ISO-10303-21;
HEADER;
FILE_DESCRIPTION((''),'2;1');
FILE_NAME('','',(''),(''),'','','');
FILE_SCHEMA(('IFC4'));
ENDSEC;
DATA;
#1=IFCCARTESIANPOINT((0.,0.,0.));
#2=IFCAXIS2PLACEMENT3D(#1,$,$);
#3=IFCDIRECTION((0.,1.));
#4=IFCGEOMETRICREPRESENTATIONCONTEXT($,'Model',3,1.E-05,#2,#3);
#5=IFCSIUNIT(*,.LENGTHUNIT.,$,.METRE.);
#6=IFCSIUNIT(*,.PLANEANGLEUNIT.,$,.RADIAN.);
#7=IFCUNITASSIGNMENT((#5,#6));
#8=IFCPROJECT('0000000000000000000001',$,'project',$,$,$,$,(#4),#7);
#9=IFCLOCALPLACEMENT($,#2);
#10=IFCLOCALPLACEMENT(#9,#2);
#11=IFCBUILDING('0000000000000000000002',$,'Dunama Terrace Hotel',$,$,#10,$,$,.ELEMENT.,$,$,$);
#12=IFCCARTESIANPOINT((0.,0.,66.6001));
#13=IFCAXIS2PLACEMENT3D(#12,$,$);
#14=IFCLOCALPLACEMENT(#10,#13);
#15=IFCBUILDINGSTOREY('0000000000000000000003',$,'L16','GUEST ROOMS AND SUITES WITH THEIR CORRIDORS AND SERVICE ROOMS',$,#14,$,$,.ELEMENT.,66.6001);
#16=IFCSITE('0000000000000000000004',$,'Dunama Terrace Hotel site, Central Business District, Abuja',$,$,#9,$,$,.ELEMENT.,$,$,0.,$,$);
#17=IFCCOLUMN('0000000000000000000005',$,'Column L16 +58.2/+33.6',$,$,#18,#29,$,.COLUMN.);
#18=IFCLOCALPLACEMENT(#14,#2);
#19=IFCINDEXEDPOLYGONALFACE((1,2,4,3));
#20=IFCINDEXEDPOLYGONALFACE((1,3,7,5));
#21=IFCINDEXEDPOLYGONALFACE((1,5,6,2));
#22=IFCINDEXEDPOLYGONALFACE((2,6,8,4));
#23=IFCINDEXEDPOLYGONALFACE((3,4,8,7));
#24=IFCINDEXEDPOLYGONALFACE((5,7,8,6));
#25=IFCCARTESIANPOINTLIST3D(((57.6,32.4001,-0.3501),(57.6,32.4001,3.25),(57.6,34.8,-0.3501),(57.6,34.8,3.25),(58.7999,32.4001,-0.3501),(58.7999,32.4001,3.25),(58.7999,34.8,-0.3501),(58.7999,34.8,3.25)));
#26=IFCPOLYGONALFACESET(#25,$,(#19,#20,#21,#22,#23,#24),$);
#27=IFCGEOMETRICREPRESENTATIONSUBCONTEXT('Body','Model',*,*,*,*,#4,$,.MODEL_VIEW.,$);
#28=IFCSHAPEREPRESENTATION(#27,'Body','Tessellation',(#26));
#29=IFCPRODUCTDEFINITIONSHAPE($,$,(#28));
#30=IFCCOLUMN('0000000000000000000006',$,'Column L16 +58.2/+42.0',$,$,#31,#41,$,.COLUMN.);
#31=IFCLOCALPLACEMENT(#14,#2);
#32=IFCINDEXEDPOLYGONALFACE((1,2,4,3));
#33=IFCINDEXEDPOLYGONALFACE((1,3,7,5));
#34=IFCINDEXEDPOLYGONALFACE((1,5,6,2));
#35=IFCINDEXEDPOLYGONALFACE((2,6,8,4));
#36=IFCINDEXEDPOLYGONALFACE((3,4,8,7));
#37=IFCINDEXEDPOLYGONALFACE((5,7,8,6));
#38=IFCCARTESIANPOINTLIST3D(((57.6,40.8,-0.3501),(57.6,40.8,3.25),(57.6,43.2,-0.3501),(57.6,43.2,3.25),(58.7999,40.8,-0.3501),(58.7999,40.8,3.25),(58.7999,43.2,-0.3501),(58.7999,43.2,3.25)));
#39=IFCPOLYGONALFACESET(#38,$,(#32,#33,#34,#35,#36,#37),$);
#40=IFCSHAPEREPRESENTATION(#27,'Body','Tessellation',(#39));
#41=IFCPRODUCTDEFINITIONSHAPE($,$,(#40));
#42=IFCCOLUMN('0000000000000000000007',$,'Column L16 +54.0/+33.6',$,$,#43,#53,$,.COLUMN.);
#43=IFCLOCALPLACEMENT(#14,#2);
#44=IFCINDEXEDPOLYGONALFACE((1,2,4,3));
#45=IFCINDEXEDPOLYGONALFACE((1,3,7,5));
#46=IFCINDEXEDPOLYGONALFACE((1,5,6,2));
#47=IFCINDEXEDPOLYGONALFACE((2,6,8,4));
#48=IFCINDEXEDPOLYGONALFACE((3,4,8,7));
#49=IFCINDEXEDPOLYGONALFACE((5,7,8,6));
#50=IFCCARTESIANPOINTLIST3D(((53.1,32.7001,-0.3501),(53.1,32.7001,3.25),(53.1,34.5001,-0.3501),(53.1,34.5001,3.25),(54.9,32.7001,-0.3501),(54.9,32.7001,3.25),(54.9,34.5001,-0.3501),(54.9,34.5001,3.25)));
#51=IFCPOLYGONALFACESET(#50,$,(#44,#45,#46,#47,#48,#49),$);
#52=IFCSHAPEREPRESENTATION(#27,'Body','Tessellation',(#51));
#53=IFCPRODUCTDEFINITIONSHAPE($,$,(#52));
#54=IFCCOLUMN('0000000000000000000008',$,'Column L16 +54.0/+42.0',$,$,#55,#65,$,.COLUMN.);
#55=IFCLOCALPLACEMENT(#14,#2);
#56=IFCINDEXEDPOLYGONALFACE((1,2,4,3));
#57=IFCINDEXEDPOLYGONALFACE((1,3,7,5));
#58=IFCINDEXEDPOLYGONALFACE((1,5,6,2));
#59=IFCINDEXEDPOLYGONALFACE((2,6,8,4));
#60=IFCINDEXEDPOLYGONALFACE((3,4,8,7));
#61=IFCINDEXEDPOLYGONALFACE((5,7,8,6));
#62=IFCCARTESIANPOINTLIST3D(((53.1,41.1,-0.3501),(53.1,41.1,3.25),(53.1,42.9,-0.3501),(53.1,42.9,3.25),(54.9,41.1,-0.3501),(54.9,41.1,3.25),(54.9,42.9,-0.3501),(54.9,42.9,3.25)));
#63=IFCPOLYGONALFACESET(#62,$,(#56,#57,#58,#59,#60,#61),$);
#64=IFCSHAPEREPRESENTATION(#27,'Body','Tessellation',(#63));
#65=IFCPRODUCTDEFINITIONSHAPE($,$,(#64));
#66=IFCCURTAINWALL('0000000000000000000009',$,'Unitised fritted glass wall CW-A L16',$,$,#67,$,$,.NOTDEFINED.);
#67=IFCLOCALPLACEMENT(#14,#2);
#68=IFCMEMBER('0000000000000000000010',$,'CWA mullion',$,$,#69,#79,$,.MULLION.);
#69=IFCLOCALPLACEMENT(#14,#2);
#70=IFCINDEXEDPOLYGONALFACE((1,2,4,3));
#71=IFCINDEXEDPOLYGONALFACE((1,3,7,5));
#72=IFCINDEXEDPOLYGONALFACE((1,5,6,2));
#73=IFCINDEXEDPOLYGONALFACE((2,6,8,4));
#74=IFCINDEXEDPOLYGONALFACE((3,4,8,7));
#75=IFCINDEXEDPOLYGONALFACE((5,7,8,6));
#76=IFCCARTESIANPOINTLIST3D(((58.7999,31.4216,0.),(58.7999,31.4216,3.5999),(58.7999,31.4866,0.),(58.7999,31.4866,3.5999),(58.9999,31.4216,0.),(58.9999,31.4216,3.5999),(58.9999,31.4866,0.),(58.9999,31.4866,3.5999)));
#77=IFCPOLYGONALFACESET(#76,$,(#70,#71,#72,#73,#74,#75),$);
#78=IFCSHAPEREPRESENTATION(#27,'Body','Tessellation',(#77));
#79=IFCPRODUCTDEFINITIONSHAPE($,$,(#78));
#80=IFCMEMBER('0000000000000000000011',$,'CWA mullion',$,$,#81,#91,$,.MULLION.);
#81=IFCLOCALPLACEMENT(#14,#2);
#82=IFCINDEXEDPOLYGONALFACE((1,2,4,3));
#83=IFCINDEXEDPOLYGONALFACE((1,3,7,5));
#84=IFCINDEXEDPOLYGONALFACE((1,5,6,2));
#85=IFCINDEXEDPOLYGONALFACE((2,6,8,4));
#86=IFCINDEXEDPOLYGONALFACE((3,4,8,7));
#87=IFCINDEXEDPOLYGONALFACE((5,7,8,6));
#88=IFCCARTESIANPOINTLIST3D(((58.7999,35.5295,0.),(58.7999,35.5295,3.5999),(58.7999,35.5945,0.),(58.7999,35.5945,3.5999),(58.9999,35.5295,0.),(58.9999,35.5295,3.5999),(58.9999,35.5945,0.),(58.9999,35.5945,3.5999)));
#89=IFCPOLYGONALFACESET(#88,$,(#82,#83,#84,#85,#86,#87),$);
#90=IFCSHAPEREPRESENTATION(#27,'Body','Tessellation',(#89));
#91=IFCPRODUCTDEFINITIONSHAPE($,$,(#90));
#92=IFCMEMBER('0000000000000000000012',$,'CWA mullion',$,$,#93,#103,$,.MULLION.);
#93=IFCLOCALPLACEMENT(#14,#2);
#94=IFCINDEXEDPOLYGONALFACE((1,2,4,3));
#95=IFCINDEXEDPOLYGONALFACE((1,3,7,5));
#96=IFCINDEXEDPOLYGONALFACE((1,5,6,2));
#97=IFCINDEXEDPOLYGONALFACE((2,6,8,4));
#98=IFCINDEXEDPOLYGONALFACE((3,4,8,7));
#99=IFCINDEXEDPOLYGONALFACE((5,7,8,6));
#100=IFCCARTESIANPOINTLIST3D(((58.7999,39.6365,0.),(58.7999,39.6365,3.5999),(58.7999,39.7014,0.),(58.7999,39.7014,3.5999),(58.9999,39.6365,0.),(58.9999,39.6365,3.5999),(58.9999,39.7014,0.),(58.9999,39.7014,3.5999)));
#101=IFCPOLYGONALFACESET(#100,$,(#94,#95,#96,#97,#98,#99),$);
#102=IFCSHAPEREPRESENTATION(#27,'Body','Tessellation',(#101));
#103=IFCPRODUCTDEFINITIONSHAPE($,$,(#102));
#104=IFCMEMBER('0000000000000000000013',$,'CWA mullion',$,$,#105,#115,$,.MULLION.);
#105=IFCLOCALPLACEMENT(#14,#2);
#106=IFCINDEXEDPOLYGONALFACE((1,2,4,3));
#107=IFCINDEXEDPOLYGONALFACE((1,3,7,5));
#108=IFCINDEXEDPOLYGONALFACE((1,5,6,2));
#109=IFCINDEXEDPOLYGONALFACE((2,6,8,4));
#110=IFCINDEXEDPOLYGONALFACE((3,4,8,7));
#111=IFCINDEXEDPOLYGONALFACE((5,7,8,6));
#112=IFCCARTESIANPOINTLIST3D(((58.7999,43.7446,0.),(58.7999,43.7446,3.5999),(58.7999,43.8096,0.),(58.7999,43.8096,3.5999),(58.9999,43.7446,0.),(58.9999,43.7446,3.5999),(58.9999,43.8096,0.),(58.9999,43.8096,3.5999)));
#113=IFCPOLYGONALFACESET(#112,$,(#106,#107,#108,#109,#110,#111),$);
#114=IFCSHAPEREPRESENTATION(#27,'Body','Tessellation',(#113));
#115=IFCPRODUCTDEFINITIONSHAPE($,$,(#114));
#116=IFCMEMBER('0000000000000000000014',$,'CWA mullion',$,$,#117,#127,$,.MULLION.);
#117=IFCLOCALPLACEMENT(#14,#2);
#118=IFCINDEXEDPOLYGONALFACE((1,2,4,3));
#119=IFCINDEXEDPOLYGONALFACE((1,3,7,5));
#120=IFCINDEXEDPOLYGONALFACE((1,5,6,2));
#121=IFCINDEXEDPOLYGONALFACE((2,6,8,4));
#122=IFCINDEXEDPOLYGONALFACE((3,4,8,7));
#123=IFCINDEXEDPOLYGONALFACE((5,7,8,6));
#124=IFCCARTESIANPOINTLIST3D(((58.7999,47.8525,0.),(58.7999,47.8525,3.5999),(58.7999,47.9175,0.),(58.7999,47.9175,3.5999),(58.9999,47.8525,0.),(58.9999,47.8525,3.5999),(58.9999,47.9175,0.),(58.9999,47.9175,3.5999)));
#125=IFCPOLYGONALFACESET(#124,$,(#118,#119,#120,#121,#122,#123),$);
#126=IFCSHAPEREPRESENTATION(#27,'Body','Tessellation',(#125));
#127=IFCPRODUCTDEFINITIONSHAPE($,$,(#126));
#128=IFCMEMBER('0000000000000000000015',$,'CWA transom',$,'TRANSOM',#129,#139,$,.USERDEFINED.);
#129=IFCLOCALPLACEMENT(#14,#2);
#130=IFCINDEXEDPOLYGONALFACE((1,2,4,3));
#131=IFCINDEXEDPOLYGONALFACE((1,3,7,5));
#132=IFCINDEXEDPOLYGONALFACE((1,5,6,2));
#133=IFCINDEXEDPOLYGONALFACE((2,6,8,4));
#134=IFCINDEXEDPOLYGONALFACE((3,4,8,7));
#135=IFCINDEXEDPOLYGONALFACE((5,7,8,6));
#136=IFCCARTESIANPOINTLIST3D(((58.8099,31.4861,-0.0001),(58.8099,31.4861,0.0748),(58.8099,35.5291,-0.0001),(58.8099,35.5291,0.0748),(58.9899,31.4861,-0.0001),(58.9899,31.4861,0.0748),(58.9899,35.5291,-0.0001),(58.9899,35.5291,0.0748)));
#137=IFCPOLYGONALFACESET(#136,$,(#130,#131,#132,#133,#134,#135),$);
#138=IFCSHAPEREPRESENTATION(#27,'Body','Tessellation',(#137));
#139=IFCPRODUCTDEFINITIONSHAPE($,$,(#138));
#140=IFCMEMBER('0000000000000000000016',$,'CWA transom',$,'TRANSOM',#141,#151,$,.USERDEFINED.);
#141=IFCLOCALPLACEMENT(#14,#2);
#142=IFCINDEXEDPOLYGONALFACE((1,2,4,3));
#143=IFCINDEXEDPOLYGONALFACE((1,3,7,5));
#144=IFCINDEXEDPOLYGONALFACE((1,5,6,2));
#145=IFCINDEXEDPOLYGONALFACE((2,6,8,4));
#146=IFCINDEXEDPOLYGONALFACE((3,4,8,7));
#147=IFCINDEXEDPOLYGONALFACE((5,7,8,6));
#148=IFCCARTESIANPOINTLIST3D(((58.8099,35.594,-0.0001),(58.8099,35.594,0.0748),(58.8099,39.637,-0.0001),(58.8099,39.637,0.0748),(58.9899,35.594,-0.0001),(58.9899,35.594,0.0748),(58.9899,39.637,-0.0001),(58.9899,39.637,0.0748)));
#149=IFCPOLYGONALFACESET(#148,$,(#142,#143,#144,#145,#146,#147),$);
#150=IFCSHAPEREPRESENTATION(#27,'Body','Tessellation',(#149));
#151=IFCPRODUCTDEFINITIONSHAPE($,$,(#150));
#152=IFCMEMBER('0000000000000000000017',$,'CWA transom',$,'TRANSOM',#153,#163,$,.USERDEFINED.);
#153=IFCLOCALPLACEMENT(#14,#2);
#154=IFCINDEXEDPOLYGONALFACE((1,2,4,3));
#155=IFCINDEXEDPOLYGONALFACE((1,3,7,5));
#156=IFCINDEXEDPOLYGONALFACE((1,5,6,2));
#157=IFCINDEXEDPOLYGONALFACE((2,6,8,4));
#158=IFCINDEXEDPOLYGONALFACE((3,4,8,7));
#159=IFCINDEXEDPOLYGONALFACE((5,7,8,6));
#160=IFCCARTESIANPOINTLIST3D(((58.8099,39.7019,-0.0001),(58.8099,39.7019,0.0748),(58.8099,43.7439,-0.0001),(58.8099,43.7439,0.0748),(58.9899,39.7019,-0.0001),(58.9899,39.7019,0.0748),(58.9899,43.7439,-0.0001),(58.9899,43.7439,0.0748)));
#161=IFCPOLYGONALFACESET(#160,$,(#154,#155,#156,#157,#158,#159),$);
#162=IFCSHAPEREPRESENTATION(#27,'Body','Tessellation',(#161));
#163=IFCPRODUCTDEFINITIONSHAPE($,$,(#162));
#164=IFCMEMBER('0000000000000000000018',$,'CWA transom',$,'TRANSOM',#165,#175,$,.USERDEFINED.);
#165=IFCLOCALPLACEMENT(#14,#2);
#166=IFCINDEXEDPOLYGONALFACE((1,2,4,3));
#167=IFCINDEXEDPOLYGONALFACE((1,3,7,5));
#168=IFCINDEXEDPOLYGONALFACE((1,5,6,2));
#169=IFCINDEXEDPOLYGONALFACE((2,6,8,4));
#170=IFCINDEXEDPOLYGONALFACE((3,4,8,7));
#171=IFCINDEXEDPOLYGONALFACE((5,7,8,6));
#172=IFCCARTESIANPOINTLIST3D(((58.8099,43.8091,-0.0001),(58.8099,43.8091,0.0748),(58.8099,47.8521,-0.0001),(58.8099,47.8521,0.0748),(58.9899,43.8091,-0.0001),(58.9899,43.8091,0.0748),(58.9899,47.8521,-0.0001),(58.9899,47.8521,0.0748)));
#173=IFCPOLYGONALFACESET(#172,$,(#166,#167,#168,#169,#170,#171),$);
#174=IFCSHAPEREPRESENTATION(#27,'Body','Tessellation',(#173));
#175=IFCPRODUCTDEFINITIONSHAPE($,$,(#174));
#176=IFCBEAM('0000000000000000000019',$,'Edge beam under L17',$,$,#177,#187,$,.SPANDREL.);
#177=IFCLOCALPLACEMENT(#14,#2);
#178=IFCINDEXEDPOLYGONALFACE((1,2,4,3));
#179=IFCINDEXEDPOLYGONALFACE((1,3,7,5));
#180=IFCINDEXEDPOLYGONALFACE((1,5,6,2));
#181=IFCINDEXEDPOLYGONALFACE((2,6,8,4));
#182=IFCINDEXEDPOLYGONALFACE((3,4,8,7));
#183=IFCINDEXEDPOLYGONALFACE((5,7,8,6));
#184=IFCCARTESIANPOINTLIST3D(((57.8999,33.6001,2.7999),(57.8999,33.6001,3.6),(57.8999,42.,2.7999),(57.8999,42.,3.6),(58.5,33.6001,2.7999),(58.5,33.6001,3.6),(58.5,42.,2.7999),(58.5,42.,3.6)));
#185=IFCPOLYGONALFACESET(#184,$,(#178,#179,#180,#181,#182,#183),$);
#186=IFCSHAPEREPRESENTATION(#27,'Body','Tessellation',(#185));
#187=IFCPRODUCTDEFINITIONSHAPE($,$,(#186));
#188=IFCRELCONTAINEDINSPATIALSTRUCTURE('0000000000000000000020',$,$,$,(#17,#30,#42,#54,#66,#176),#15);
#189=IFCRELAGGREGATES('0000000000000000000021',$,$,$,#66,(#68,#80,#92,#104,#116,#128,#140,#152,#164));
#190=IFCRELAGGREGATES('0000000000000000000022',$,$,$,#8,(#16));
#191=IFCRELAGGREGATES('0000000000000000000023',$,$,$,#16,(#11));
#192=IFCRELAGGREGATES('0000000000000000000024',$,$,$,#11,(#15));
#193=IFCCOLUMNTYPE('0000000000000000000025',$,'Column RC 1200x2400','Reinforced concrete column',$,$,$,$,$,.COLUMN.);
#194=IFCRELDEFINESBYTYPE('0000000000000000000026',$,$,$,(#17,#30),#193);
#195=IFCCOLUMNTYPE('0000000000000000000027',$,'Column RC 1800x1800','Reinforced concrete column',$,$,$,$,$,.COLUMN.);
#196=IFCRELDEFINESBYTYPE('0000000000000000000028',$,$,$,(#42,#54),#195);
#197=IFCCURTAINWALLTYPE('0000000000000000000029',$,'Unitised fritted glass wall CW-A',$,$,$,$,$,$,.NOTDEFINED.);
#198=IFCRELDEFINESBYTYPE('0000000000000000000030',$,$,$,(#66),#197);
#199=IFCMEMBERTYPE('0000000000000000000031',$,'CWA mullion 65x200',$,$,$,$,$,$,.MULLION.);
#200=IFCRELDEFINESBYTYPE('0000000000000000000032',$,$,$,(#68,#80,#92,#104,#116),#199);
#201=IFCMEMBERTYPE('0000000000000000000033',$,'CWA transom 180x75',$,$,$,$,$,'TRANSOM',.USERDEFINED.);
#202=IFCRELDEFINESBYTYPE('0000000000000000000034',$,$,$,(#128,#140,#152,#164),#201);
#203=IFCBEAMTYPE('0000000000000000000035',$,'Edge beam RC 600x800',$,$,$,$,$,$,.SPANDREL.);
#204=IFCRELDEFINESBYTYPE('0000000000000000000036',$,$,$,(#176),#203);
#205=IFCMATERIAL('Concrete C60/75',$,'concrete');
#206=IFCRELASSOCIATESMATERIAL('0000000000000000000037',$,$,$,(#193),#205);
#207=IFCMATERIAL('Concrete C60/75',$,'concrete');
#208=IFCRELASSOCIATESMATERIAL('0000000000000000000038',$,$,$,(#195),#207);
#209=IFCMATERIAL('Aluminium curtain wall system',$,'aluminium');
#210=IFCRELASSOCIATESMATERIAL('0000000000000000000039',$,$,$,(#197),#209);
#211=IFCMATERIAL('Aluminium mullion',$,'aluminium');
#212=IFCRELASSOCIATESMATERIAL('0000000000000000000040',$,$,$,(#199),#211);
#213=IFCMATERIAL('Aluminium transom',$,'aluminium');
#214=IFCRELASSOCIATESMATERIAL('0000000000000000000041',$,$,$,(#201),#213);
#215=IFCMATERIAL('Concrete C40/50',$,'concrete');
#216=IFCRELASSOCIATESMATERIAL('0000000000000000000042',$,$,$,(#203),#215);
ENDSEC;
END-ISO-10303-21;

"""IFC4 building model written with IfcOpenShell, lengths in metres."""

from ifc_helpers import new_model, si_unit, direction, frame, origin, origin_2d, place, context, subcontext, project, spatial, rectangle, extrude, material, material_profile, profile_set, type_object, element, aggregate, save


model = new_model("IFC4")

# Units and contexts
model_context = context("Model", 3, precision=1e-05, world=origin(), true_north=direction((0.0, 1.0)))
body_context = subcontext(model_context, "Body", "Model", "MODEL_VIEW")
ifc_project = project(units=[si_unit("LENGTHUNIT", "METRE"), si_unit("PLANEANGLEUNIT", "RADIAN")], contexts=[model_context])

# Site, building, storey
site_placement = place(None, origin())
site = spatial("IfcSite", under=ifc_project, at=site_placement, Name="Dunama Terrace Hotel site, Central Business District, Abuja", CompositionType="ELEMENT", RefElevation=0.0)
building_placement = place(site_placement, origin())
building = spatial("IfcBuilding", under=site, at=building_placement, Name="Dunama Terrace Hotel", CompositionType="ELEMENT")
storey_placement = place(building_placement, frame((0.0, 0.0, 66.6001)))
storey = spatial("IfcBuildingStorey", under=building, at=storey_placement, Name="L16", Description="GUEST ROOMS AND SUITES WITH THEIR CORRIDORS AND SERVICE ROOMS", CompositionType="ELEMENT", Elevation=66.6001)

# Columns
ifc_material_1 = material(Name="Concrete C60/75", Category="concrete")
ifc_material_profile_1 = material_profile(ifc_material_1, rectangle(XDim=1.2, YDim=2.3999, at=origin_2d()), Name="RC 1200x2400")
ifc_profile_set_1 = profile_set([ifc_material_profile_1], Name="Concrete C60/75")
column_type_1 = type_object("IfcColumnType", Name="Column RC 1200x2400", Description="Reinforced concrete column", PredefinedType="COLUMN", material=ifc_profile_set_1)
for number, where, z_axis, x_axis, name in (
    (1, (58.2, 33.6001, -0.3501), (0.0, 0.0, 1.0), (1.0, 0.0, 0.0), "Column L16 +58.2/+33.6"),
    (2, (58.2, 42.0, -0.3501), (0.0, 0.0, 1.0), (1.0, 0.0, 0.0), "Column L16 +58.2/+42.0"),
):
    element("IfcColumn", number, at=place(storey_placement, frame(where, z_axis=z_axis, x_axis=x_axis)), inside=storey, type_object=column_type_1, Name=name, PredefinedType="COLUMN", context=body_context, shape_type="SweptSolid", body=[
        extrude(rectangle(XDim=1.2, YDim=2.3999, at=origin_2d()), origin(), (0.0, 0.0, 1.0), 3.6001),
    ])
ifc_material_2 = material(Name="Concrete C60/75", Category="concrete")
ifc_material_profile_2 = material_profile(ifc_material_2, rectangle(XDim=1.8, YDim=1.8, at=origin_2d()), Name="RC 1800x1800")
ifc_profile_set_2 = profile_set([ifc_material_profile_2], Name="Concrete C60/75")
column_type_2 = type_object("IfcColumnType", Name="Column RC 1800x1800", Description="Reinforced concrete column", PredefinedType="COLUMN", material=ifc_profile_set_2)
for number, where, z_axis, x_axis, name in (
    (3, (54.0, 33.6001, -0.3501), (0.0, 0.0, 1.0), (1.0, 0.0, 0.0), "Column L16 +54.0/+33.6"),
    (4, (54.0, 42.0, -0.3501), (0.0, 0.0, 1.0), (1.0, 0.0, 0.0), "Column L16 +54.0/+42.0"),
):
    element("IfcColumn", number, at=place(storey_placement, frame(where, z_axis=z_axis, x_axis=x_axis)), inside=storey, type_object=column_type_2, Name=name, PredefinedType="COLUMN", context=body_context, shape_type="SweptSolid", body=[
        extrude(rectangle(XDim=1.8, YDim=1.8, at=origin_2d()), origin(), (0.0, 0.0, 1.0), 3.6001),
    ])

# Curtain wall, members
ifc_material_3 = material(Name="Aluminium curtain wall system", Category="aluminium")
curtain_wall_type = type_object("IfcCurtainWallType", Name="Unitised fritted glass wall CW-A", PredefinedType="NOTDEFINED", material=ifc_material_3)
curtain_wall_placement = place(storey_placement, origin())
curtain_wall = element("IfcCurtainWall", 5, at=curtain_wall_placement, inside=storey, type_object=curtain_wall_type, Name="Unitised fritted glass wall CW-A L16", PredefinedType="NOTDEFINED")
ifc_material_4 = material(Name="Aluminium mullion", Category="aluminium")
ifc_material_profile_3 = material_profile(ifc_material_4, rectangle(XDim=0.0649, YDim=0.2, at=origin_2d()), Name="CWA MULLION 65X200")
ifc_profile_set_3 = profile_set([ifc_material_profile_3], Name="Aluminium mullion")
member_type_1 = type_object("IfcMemberType", Name="CWA mullion 65x200", PredefinedType="MULLION", material=ifc_profile_set_3)
member_1_placement = place(storey_placement, frame((58.8999, 31.4541, 0.0), z_axis=(0.0, 0.0, 1.0), x_axis=(0.0, 1.0, 0.0)))
member_1 = element("IfcMember", 6, at=member_1_placement, type_object=member_type_1, Name="CWA mullion", PredefinedType="MULLION", context=body_context, shape_type="SweptSolid", body=[
    extrude(rectangle(XDim=0.0649, YDim=0.2, at=origin_2d()), origin(), (0.0, 0.0, 1.0), 3.5999),
])
member_2_placement = place(storey_placement, frame((58.8999, 35.562, 0.0), z_axis=(0.0, 0.0, 1.0), x_axis=(0.0, 1.0, 0.0)))
member_2 = element("IfcMember", 7, at=member_2_placement, type_object=member_type_1, Name="CWA mullion", PredefinedType="MULLION", context=body_context, shape_type="SweptSolid", body=[
    extrude(rectangle(XDim=0.0649, YDim=0.2, at=origin_2d()), origin(), (0.0, 0.0, 1.0), 3.5999),
])
member_3_placement = place(storey_placement, frame((58.8999, 39.6689, 0.0), z_axis=(0.0, 0.0, 1.0), x_axis=(0.0, 1.0, 0.0)))
member_3 = element("IfcMember", 8, at=member_3_placement, type_object=member_type_1, Name="CWA mullion", PredefinedType="MULLION", context=body_context, shape_type="SweptSolid", body=[
    extrude(rectangle(XDim=0.0649, YDim=0.2, at=origin_2d()), origin(), (0.0, 0.0, 1.0), 3.5999),
])
member_4_placement = place(storey_placement, frame((58.8999, 43.7771, 0.0), z_axis=(0.0, 0.0, 1.0), x_axis=(0.0, 1.0, 0.0)))
member_4 = element("IfcMember", 9, at=member_4_placement, type_object=member_type_1, Name="CWA mullion", PredefinedType="MULLION", context=body_context, shape_type="SweptSolid", body=[
    extrude(rectangle(XDim=0.0649, YDim=0.2, at=origin_2d()), origin(), (0.0, 0.0, 1.0), 3.5999),
])
member_5_placement = place(storey_placement, frame((58.8999, 47.885, 0.0), z_axis=(0.0, 0.0, 1.0), x_axis=(0.0, 1.0, 0.0)))
member_5 = element("IfcMember", 10, at=member_5_placement, type_object=member_type_1, Name="CWA mullion", PredefinedType="MULLION", context=body_context, shape_type="SweptSolid", body=[
    extrude(rectangle(XDim=0.0649, YDim=0.2, at=origin_2d()), origin(), (0.0, 0.0, 1.0), 3.5999),
])
ifc_material_5 = material(Name="Aluminium transom", Category="aluminium")
ifc_material_profile_4 = material_profile(ifc_material_5, rectangle(XDim=0.1799, YDim=0.075, at=origin_2d()), Name="CWA TRANSOM 180X75")
ifc_profile_set_4 = profile_set([ifc_material_profile_4], Name="Aluminium transom")
member_type_2 = type_object("IfcMemberType", Name="CWA transom 180x75", ElementType="TRANSOM", PredefinedType="USERDEFINED", material=ifc_profile_set_4)
member_6_placement = place(storey_placement, frame((58.8999, 31.4861, 0.0374), z_axis=(0.0, 1.0, 0.0), x_axis=(-1.0, 0.0, 0.0)))
member_6 = element("IfcMember", 11, at=member_6_placement, type_object=member_type_2, Name="CWA transom", ObjectType="TRANSOM", PredefinedType="USERDEFINED", context=body_context, shape_type="SweptSolid", body=[
    extrude(rectangle(XDim=0.1799, YDim=0.075, at=origin_2d()), origin(), (0.0, 0.0, 1.0), 4.043),
])
member_7_placement = place(storey_placement, frame((58.8999, 35.594, 0.0374), z_axis=(0.0, 1.0, 0.0), x_axis=(-1.0, 0.0, 0.0)))
member_7 = element("IfcMember", 12, at=member_7_placement, type_object=member_type_2, Name="CWA transom", ObjectType="TRANSOM", PredefinedType="USERDEFINED", context=body_context, shape_type="SweptSolid", body=[
    extrude(rectangle(XDim=0.1799, YDim=0.075, at=origin_2d()), origin(), (0.0, 0.0, 1.0), 4.043),
])
member_8_placement = place(storey_placement, frame((58.8999, 39.7019, 0.0374), z_axis=(0.0, 1.0, 0.0), x_axis=(-1.0, 0.0, 0.0)))
member_8 = element("IfcMember", 13, at=member_8_placement, type_object=member_type_2, Name="CWA transom", ObjectType="TRANSOM", PredefinedType="USERDEFINED", context=body_context, shape_type="SweptSolid", body=[
    extrude(rectangle(XDim=0.1799, YDim=0.075, at=origin_2d()), origin(), (0.0, 0.0, 1.0), 4.042),
])
member_9_placement = place(storey_placement, frame((58.8999, 43.8091, 0.0374), z_axis=(0.0, 1.0, 0.0), x_axis=(-1.0, 0.0, 0.0)))
member_9 = element("IfcMember", 14, at=member_9_placement, type_object=member_type_2, Name="CWA transom", ObjectType="TRANSOM", PredefinedType="USERDEFINED", context=body_context, shape_type="SweptSolid", body=[
    extrude(rectangle(XDim=0.1799, YDim=0.075, at=origin_2d()), origin(), (0.0, 0.0, 1.0), 4.043),
])

# Beam
ifc_material_6 = material(Name="Concrete C40/50", Category="concrete")
ifc_material_profile_5 = material_profile(ifc_material_6, rectangle(XDim=0.6001, YDim=0.8, at=origin_2d()), Name="RC 600x800")
ifc_profile_set_5 = profile_set([ifc_material_profile_5], Name="Concrete C40/50")
beam_type = type_object("IfcBeamType", Name="Edge beam RC 600x800", PredefinedType="SPANDREL", material=ifc_profile_set_5)
for number, where, z_axis, x_axis, name in (
    (15, (58.2, 33.6001, 3.2), (0.0, 1.0, 0.0), (-1.0, 0.0, 0.0), "Edge beam under L17"),
):
    element("IfcBeam", number, at=place(storey_placement, frame(where, z_axis=z_axis, x_axis=x_axis)), inside=storey, type_object=beam_type, Name=name, PredefinedType="SPANDREL", context=body_context, shape_type="SweptSolid", body=[
        extrude(rectangle(XDim=0.6001, YDim=0.8, at=origin_2d()), origin(), (0.0, 0.0, 1.0), 8.3999),
    ])

aggregate(curtain_wall, [member_1, member_2, member_3, member_4, member_5, member_6, member_7, member_8, member_9])

save(model, "model.ifc")
